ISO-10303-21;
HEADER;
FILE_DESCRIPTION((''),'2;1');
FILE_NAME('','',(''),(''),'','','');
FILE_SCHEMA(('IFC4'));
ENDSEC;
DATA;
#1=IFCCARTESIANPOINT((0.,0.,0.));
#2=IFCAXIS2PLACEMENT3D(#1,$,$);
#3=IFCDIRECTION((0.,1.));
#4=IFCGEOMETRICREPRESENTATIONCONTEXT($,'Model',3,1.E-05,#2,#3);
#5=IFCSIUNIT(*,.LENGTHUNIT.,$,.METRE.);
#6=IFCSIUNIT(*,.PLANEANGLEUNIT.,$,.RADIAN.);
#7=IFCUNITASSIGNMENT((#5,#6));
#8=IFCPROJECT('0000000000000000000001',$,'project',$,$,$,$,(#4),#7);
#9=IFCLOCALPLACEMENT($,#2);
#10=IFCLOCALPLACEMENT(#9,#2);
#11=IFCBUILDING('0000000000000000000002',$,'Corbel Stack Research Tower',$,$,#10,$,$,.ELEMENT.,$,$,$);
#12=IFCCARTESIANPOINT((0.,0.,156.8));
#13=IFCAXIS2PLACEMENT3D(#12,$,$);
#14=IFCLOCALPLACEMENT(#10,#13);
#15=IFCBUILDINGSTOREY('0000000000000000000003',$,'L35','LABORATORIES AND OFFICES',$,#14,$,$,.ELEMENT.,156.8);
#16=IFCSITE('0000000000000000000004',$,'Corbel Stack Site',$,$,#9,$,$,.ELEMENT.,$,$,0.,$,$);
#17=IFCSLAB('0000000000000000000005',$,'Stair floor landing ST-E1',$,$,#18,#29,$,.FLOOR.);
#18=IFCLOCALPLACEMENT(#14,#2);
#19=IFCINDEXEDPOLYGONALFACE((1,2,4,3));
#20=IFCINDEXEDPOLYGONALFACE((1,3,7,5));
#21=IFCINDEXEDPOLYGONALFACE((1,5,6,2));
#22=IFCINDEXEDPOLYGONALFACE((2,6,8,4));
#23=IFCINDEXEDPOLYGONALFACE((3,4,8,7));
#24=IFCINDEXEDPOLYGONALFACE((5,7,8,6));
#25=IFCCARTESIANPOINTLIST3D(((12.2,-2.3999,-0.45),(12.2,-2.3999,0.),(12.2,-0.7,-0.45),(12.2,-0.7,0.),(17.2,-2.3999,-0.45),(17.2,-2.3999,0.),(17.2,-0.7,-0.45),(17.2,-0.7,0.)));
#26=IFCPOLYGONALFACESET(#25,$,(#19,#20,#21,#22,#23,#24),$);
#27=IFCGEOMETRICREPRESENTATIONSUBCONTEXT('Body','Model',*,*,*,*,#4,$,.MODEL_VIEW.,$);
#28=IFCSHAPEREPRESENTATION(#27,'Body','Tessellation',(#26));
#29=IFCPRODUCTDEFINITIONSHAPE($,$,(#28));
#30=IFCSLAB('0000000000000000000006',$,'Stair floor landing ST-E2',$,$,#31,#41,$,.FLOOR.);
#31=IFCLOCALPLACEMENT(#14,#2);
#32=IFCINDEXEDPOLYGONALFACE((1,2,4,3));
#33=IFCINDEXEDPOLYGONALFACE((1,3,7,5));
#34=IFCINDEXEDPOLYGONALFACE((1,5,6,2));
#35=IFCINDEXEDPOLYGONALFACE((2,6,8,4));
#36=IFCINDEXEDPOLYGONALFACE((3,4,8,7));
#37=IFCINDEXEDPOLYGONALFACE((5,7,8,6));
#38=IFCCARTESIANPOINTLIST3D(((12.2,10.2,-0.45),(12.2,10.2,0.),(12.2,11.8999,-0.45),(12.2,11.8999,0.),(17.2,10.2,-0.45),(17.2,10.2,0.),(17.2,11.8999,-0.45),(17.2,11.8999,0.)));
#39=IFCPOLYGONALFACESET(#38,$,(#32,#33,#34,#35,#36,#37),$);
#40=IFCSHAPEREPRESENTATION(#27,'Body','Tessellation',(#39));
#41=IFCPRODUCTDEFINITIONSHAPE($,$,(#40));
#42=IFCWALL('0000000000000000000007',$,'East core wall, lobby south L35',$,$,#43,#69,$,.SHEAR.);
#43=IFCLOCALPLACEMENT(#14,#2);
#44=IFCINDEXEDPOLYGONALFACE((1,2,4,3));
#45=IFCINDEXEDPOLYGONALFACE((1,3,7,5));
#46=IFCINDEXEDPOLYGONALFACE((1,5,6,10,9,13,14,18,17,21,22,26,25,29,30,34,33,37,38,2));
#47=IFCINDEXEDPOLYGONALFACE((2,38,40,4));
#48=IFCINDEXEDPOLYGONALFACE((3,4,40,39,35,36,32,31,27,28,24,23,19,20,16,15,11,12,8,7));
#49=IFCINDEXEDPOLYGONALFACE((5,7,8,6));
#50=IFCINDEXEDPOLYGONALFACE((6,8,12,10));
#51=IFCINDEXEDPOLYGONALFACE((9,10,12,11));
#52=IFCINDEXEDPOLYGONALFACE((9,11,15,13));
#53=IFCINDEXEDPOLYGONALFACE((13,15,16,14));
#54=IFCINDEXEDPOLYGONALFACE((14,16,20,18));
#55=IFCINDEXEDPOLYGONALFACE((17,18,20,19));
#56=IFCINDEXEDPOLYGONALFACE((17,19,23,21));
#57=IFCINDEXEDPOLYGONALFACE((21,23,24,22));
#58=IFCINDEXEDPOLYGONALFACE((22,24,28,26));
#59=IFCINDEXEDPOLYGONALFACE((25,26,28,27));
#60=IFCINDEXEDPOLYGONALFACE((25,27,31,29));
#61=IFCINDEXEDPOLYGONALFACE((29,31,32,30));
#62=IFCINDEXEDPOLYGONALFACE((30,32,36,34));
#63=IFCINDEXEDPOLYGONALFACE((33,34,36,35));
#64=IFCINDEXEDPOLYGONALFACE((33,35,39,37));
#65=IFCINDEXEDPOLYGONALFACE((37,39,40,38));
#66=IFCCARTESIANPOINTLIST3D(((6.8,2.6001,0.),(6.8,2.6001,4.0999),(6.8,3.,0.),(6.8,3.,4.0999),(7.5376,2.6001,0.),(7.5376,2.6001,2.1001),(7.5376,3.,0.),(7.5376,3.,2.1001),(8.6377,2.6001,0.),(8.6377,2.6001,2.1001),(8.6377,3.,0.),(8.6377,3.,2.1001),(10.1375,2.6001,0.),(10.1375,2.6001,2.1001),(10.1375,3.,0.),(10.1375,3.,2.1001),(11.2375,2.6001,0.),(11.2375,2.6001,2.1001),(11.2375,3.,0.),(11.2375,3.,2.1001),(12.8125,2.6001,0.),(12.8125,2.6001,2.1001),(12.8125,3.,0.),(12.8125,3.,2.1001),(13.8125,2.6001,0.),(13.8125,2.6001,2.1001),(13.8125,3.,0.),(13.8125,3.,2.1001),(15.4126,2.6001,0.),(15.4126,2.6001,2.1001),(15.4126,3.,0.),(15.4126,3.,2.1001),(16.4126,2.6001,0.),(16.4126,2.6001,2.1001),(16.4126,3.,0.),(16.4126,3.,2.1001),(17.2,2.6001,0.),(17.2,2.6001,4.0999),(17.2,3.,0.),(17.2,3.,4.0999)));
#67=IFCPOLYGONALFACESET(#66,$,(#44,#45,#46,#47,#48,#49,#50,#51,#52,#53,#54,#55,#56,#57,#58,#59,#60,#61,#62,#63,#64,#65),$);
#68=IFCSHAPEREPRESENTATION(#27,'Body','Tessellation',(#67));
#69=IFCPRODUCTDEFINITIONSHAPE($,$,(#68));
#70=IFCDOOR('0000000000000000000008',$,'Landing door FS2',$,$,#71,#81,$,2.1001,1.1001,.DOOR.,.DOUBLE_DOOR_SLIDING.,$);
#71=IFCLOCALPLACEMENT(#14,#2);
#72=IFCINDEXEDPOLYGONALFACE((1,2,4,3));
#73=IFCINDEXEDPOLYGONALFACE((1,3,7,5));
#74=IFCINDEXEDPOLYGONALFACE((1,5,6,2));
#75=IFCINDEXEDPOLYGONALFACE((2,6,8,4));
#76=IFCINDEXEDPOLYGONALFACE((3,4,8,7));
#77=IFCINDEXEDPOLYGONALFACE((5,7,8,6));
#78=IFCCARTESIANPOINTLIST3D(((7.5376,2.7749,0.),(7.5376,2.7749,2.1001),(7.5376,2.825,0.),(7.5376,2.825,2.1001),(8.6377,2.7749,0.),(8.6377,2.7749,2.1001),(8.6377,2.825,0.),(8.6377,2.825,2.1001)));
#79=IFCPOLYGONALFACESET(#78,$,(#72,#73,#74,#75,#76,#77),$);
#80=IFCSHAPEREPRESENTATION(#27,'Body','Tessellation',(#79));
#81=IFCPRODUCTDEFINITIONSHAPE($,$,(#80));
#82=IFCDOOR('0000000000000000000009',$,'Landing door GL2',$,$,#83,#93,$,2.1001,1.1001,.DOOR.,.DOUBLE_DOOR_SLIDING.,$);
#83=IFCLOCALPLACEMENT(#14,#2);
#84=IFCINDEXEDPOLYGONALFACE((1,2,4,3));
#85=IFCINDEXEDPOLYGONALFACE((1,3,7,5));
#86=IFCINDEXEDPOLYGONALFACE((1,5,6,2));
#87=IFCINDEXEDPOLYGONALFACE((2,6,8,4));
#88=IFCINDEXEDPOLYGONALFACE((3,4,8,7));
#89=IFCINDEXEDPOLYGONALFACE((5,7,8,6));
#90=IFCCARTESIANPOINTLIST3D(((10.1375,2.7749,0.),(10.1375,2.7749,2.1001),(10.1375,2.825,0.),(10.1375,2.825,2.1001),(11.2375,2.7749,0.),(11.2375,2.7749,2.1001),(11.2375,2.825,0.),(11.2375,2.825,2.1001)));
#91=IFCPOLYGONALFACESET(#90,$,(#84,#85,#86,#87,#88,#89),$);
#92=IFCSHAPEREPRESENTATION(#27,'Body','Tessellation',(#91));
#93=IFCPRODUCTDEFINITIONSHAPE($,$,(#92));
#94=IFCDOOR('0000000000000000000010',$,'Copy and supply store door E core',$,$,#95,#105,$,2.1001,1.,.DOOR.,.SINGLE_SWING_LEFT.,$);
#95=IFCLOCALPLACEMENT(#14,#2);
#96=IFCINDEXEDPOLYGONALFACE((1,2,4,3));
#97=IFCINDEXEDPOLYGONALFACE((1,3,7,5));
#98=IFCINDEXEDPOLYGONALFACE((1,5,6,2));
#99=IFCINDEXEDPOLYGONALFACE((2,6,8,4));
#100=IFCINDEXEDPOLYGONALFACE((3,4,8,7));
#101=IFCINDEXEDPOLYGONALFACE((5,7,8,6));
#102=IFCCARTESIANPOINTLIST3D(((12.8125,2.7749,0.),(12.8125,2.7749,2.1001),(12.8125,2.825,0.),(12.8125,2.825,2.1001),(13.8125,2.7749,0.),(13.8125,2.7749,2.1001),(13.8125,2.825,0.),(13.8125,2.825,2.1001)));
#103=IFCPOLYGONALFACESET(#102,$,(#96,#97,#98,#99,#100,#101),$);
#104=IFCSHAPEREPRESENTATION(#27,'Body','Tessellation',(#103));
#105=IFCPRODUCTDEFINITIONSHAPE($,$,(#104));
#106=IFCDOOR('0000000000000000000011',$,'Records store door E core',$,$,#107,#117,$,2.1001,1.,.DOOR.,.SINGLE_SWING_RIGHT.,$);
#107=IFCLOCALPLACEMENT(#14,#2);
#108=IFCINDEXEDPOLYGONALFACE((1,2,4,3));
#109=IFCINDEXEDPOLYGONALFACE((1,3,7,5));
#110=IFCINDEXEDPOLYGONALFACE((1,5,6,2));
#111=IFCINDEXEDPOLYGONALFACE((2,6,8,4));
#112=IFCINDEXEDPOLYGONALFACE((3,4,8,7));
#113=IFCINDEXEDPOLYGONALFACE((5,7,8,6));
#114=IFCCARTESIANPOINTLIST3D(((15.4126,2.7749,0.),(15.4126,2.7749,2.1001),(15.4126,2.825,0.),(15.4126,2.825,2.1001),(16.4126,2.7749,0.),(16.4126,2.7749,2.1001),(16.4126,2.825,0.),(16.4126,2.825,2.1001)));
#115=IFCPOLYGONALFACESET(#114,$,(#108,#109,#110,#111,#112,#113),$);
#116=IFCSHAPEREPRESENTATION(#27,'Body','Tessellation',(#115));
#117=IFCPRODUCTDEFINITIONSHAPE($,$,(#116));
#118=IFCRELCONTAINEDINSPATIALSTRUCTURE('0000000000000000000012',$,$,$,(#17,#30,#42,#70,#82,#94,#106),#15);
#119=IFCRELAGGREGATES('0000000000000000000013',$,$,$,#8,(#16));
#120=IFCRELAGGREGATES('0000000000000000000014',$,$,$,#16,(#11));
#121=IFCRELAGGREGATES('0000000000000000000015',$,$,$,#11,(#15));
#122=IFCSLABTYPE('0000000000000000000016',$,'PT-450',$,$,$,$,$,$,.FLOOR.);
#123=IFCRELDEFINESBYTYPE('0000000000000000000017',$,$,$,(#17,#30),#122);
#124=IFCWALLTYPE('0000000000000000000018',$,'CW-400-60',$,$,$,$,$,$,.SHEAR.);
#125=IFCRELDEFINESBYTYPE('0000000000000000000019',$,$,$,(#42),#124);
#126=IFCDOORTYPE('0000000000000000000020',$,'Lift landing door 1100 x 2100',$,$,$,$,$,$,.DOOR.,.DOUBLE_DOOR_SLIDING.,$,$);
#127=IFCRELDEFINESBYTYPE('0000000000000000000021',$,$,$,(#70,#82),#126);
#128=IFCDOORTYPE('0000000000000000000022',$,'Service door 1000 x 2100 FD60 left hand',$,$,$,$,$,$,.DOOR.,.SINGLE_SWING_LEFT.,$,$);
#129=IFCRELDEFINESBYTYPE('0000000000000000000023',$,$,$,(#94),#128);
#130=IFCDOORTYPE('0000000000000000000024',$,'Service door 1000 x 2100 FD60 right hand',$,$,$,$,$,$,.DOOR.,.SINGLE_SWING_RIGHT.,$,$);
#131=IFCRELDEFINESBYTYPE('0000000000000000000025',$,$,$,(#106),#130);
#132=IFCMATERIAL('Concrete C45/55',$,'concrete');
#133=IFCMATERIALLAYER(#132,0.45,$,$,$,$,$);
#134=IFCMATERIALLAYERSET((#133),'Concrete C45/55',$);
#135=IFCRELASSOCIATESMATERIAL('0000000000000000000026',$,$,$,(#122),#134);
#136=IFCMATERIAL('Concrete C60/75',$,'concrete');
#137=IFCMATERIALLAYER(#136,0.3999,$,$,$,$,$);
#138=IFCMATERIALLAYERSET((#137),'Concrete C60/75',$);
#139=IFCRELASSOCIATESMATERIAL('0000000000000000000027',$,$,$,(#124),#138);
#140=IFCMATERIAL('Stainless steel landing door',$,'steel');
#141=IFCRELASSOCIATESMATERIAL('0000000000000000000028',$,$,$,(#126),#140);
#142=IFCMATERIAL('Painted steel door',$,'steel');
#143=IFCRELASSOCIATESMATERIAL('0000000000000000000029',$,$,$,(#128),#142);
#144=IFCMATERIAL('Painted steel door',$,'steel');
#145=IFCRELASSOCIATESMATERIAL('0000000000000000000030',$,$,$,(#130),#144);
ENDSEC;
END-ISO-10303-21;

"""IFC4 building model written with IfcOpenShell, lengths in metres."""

from ifc_helpers import new_model, si_unit, direction, frame, frame_2d, origin, place, context, subcontext, project, spatial, polyline, rectangle, outline, extrude, material, layer, layer_set, type_object, element, fill, save


model = new_model("IFC4")

# Units and contexts
model_context = context("Model", 3, precision=1e-05, world=origin(), true_north=direction((0.0, 1.0)))
body_context = subcontext(model_context, "Body", "Model", "MODEL_VIEW")
ifc_project = project(units=[si_unit("LENGTHUNIT", "METRE"), si_unit("PLANEANGLEUNIT", "RADIAN")], contexts=[model_context])

# Site, building, storey
site_placement = place(None, origin())
site = spatial("IfcSite", under=ifc_project, at=site_placement, Name="Corbel Stack Site", CompositionType="ELEMENT", RefElevation=0.0)
building_placement = place(site_placement, origin())
building = spatial("IfcBuilding", under=site, at=building_placement, Name="Corbel Stack Research Tower", CompositionType="ELEMENT")
storey_placement = place(building_placement, frame((0.0, 0.0, 156.8)))
storey = spatial("IfcBuildingStorey", under=building, at=storey_placement, Name="L35", Description="LABORATORIES AND OFFICES", CompositionType="ELEMENT", Elevation=156.8)

# Slabs
ifc_material_1 = material(Name="Concrete C45/55", Category="concrete")
ifc_layer_1 = layer(ifc_material_1, 0.45)
ifc_layer_set_1 = layer_set([ifc_layer_1], Name="Concrete C45/55")
slab_type = type_object("IfcSlabType", Name="PT-450", PredefinedType="FLOOR", material=ifc_layer_set_1)
slab_1_placement = place(storey_placement, frame((0.0, 0.0, -0.45)))
element("IfcSlab", 1, at=slab_1_placement, inside=storey, type_object=slab_type, Name="Stair floor landing ST-E1", PredefinedType="FLOOR", context=body_context, shape_type="SweptSolid", body=[
    extrude(outline(polyline([(12.2, -2.3999), (17.2, -2.3999), (17.2, -0.7), (12.2, -0.7), (12.2, -2.3999)])), origin(), (0.0, 0.0, 1.0), 0.45),
])
slab_2_placement = place(storey_placement, frame((0.0, 0.0, -0.45)))
element("IfcSlab", 2, at=slab_2_placement, inside=storey, type_object=slab_type, Name="Stair floor landing ST-E2", PredefinedType="FLOOR", context=body_context, shape_type="SweptSolid", body=[
    extrude(outline(polyline([(12.2, 10.2), (17.2, 10.2), (17.2, 11.8999), (12.2, 11.8999), (12.2, 10.2)])), origin(), (0.0, 0.0, 1.0), 0.45),
])

# Wall, openings, doors
ifc_material_2 = material(Name="Concrete C60/75", Category="concrete")
ifc_layer_2 = layer(ifc_material_2, 0.3999)
ifc_layer_set_2 = layer_set([ifc_layer_2], Name="Concrete C60/75")
wall_type_1 = type_object("IfcWallType", Name="CW-400-60", PredefinedType="SHEAR", material=ifc_layer_set_2)
wall_1_placement = place(storey_placement, frame((6.8, 2.8, 0.0), z_axis=(0.0, 0.0, 1.0), x_axis=(1.0, 0.0, 0.0)))
wall_1 = element("IfcWall", 3, at=wall_1_placement, inside=storey, type_object=wall_type_1, Name="East core wall, lobby south L35", PredefinedType="SHEAR", context=body_context, shape_type="SweptSolid", body=[
    extrude(rectangle(XDim=10.3999, YDim=0.3999, at=frame_2d((5.2, 0.0))), origin(), (0.0, 0.0, 1.0), 4.0999),
])
opening_1_placement = place(wall_1_placement, frame((0.7375, 0.0, 0.0)))
opening_1 = element("IfcOpeningElement", 4, at=opening_1_placement, cuts=wall_1, PredefinedType="OPENING", context=body_context, shape_type="SweptSolid", body=[
    extrude(rectangle(XDim=1.1001, YDim=2.1001, at=frame_2d((0.55, 1.05))), frame((0.0, 0.21, 0.0), z_axis=(0.0, -1.0, 0.0), x_axis=(1.0, 0.0, 0.0)), (0.0, 0.0, 1.0), 0.4199),
])
opening_2_placement = place(wall_1_placement, frame((3.3374, 0.0, 0.0)))
opening_2 = element("IfcOpeningElement", 5, at=opening_2_placement, cuts=wall_1, PredefinedType="OPENING", context=body_context, shape_type="SweptSolid", body=[
    extrude(rectangle(XDim=1.1001, YDim=2.1001, at=frame_2d((0.55, 1.05))), frame((0.0, 0.21, 0.0), z_axis=(0.0, -1.0, 0.0), x_axis=(1.0, 0.0, 0.0)), (0.0, 0.0, 1.0), 0.4199),
])
opening_3_placement = place(wall_1_placement, frame((6.0125, 0.0, 0.0)))
opening_3 = element("IfcOpeningElement", 6, at=opening_3_placement, cuts=wall_1, PredefinedType="OPENING", context=body_context, shape_type="SweptSolid", body=[
    extrude(rectangle(XDim=1.0, YDim=2.1001, at=frame_2d((0.5, 1.05))), frame((0.0, 0.21, 0.0), z_axis=(0.0, -1.0, 0.0), x_axis=(1.0, 0.0, 0.0)), (0.0, 0.0, 1.0), 0.4199),
])
opening_4_placement = place(wall_1_placement, frame((8.6125, 0.0, 0.0)))
opening_4 = element("IfcOpeningElement", 7, at=opening_4_placement, cuts=wall_1, PredefinedType="OPENING", context=body_context, shape_type="SweptSolid", body=[
    extrude(rectangle(XDim=1.0, YDim=2.1001, at=frame_2d((0.5, 1.05))), frame((0.0, 0.21, 0.0), z_axis=(0.0, -1.0, 0.0), x_axis=(1.0, 0.0, 0.0)), (0.0, 0.0, 1.0), 0.4199),
])
ifc_material_3 = material(Name="Stainless steel landing door", Category="steel")
door_type_1 = type_object("IfcDoorType", Name="Lift landing door 1100 x 2100", OperationType="DOUBLE_DOOR_SLIDING", PredefinedType="DOOR", material=ifc_material_3)
door_1_placement = place(opening_1_placement, origin())
door_1 = element("IfcDoor", 8, at=door_1_placement, inside=storey, type_object=door_type_1, Name="Landing door FS2", OperationType="DOUBLE_DOOR_SLIDING", OverallHeight=2.1001, OverallWidth=1.1001, PredefinedType="DOOR", context=body_context, shape_type="SweptSolid", body=[
    extrude(rectangle(XDim=1.1001, YDim=2.1001, at=frame_2d((0.55, 1.05))), frame((0.0, 0.0249, 0.0), z_axis=(0.0, -1.0, 0.0), x_axis=(1.0, 0.0, 0.0)), (0.0, 0.0, 1.0), 0.05),
])
fill(opening_1, door_1)
door_2_placement = place(opening_2_placement, origin())
door_2 = element("IfcDoor", 9, at=door_2_placement, inside=storey, type_object=door_type_1, Name="Landing door GL2", OperationType="DOUBLE_DOOR_SLIDING", OverallHeight=2.1001, OverallWidth=1.1001, PredefinedType="DOOR", context=body_context, shape_type="SweptSolid", body=[
    extrude(rectangle(XDim=1.1001, YDim=2.1001, at=frame_2d((0.55, 1.05))), frame((0.0, 0.0249, 0.0), z_axis=(0.0, -1.0, 0.0), x_axis=(1.0, 0.0, 0.0)), (0.0, 0.0, 1.0), 0.05),
])
fill(opening_2, door_2)
ifc_material_4 = material(Name="Painted steel door", Category="steel")
door_type_2 = type_object("IfcDoorType", Name="Service door 1000 x 2100 FD60 left hand", OperationType="SINGLE_SWING_LEFT", PredefinedType="DOOR", material=ifc_material_4)
door_3_placement = place(opening_3_placement, origin())
door_3 = element("IfcDoor", 10, at=door_3_placement, inside=storey, type_object=door_type_2, Name="Copy and supply store door E core", OperationType="SINGLE_SWING_LEFT", OverallHeight=2.1001, OverallWidth=1.0, PredefinedType="DOOR", context=body_context, shape_type="SweptSolid", body=[
    extrude(rectangle(XDim=1.0, YDim=2.1001, at=frame_2d((0.5, 1.05))), frame((0.0, 0.0249, 0.0), z_axis=(0.0, -1.0, 0.0), x_axis=(1.0, 0.0, 0.0)), (0.0, 0.0, 1.0), 0.05),
])
fill(opening_3, door_3)
ifc_material_5 = material(Name="Painted steel door", Category="steel")
door_type_3 = type_object("IfcDoorType", Name="Service door 1000 x 2100 FD60 right hand", OperationType="SINGLE_SWING_RIGHT", PredefinedType="DOOR", material=ifc_material_5)
door_4_placement = place(opening_4_placement, origin())
door_4 = element("IfcDoor", 11, at=door_4_placement, inside=storey, type_object=door_type_3, Name="Records store door E core", OperationType="SINGLE_SWING_RIGHT", OverallHeight=2.1001, OverallWidth=1.0, PredefinedType="DOOR", context=body_context, shape_type="SweptSolid", body=[
    extrude(rectangle(XDim=1.0, YDim=2.1001, at=frame_2d((0.5, 1.05))), frame((0.0, 0.0249, 0.0), z_axis=(0.0, -1.0, 0.0), x_axis=(1.0, 0.0, 0.0)), (0.0, 0.0, 1.0), 0.05),
])
fill(opening_4, door_4)

save(model, "model.ifc")
